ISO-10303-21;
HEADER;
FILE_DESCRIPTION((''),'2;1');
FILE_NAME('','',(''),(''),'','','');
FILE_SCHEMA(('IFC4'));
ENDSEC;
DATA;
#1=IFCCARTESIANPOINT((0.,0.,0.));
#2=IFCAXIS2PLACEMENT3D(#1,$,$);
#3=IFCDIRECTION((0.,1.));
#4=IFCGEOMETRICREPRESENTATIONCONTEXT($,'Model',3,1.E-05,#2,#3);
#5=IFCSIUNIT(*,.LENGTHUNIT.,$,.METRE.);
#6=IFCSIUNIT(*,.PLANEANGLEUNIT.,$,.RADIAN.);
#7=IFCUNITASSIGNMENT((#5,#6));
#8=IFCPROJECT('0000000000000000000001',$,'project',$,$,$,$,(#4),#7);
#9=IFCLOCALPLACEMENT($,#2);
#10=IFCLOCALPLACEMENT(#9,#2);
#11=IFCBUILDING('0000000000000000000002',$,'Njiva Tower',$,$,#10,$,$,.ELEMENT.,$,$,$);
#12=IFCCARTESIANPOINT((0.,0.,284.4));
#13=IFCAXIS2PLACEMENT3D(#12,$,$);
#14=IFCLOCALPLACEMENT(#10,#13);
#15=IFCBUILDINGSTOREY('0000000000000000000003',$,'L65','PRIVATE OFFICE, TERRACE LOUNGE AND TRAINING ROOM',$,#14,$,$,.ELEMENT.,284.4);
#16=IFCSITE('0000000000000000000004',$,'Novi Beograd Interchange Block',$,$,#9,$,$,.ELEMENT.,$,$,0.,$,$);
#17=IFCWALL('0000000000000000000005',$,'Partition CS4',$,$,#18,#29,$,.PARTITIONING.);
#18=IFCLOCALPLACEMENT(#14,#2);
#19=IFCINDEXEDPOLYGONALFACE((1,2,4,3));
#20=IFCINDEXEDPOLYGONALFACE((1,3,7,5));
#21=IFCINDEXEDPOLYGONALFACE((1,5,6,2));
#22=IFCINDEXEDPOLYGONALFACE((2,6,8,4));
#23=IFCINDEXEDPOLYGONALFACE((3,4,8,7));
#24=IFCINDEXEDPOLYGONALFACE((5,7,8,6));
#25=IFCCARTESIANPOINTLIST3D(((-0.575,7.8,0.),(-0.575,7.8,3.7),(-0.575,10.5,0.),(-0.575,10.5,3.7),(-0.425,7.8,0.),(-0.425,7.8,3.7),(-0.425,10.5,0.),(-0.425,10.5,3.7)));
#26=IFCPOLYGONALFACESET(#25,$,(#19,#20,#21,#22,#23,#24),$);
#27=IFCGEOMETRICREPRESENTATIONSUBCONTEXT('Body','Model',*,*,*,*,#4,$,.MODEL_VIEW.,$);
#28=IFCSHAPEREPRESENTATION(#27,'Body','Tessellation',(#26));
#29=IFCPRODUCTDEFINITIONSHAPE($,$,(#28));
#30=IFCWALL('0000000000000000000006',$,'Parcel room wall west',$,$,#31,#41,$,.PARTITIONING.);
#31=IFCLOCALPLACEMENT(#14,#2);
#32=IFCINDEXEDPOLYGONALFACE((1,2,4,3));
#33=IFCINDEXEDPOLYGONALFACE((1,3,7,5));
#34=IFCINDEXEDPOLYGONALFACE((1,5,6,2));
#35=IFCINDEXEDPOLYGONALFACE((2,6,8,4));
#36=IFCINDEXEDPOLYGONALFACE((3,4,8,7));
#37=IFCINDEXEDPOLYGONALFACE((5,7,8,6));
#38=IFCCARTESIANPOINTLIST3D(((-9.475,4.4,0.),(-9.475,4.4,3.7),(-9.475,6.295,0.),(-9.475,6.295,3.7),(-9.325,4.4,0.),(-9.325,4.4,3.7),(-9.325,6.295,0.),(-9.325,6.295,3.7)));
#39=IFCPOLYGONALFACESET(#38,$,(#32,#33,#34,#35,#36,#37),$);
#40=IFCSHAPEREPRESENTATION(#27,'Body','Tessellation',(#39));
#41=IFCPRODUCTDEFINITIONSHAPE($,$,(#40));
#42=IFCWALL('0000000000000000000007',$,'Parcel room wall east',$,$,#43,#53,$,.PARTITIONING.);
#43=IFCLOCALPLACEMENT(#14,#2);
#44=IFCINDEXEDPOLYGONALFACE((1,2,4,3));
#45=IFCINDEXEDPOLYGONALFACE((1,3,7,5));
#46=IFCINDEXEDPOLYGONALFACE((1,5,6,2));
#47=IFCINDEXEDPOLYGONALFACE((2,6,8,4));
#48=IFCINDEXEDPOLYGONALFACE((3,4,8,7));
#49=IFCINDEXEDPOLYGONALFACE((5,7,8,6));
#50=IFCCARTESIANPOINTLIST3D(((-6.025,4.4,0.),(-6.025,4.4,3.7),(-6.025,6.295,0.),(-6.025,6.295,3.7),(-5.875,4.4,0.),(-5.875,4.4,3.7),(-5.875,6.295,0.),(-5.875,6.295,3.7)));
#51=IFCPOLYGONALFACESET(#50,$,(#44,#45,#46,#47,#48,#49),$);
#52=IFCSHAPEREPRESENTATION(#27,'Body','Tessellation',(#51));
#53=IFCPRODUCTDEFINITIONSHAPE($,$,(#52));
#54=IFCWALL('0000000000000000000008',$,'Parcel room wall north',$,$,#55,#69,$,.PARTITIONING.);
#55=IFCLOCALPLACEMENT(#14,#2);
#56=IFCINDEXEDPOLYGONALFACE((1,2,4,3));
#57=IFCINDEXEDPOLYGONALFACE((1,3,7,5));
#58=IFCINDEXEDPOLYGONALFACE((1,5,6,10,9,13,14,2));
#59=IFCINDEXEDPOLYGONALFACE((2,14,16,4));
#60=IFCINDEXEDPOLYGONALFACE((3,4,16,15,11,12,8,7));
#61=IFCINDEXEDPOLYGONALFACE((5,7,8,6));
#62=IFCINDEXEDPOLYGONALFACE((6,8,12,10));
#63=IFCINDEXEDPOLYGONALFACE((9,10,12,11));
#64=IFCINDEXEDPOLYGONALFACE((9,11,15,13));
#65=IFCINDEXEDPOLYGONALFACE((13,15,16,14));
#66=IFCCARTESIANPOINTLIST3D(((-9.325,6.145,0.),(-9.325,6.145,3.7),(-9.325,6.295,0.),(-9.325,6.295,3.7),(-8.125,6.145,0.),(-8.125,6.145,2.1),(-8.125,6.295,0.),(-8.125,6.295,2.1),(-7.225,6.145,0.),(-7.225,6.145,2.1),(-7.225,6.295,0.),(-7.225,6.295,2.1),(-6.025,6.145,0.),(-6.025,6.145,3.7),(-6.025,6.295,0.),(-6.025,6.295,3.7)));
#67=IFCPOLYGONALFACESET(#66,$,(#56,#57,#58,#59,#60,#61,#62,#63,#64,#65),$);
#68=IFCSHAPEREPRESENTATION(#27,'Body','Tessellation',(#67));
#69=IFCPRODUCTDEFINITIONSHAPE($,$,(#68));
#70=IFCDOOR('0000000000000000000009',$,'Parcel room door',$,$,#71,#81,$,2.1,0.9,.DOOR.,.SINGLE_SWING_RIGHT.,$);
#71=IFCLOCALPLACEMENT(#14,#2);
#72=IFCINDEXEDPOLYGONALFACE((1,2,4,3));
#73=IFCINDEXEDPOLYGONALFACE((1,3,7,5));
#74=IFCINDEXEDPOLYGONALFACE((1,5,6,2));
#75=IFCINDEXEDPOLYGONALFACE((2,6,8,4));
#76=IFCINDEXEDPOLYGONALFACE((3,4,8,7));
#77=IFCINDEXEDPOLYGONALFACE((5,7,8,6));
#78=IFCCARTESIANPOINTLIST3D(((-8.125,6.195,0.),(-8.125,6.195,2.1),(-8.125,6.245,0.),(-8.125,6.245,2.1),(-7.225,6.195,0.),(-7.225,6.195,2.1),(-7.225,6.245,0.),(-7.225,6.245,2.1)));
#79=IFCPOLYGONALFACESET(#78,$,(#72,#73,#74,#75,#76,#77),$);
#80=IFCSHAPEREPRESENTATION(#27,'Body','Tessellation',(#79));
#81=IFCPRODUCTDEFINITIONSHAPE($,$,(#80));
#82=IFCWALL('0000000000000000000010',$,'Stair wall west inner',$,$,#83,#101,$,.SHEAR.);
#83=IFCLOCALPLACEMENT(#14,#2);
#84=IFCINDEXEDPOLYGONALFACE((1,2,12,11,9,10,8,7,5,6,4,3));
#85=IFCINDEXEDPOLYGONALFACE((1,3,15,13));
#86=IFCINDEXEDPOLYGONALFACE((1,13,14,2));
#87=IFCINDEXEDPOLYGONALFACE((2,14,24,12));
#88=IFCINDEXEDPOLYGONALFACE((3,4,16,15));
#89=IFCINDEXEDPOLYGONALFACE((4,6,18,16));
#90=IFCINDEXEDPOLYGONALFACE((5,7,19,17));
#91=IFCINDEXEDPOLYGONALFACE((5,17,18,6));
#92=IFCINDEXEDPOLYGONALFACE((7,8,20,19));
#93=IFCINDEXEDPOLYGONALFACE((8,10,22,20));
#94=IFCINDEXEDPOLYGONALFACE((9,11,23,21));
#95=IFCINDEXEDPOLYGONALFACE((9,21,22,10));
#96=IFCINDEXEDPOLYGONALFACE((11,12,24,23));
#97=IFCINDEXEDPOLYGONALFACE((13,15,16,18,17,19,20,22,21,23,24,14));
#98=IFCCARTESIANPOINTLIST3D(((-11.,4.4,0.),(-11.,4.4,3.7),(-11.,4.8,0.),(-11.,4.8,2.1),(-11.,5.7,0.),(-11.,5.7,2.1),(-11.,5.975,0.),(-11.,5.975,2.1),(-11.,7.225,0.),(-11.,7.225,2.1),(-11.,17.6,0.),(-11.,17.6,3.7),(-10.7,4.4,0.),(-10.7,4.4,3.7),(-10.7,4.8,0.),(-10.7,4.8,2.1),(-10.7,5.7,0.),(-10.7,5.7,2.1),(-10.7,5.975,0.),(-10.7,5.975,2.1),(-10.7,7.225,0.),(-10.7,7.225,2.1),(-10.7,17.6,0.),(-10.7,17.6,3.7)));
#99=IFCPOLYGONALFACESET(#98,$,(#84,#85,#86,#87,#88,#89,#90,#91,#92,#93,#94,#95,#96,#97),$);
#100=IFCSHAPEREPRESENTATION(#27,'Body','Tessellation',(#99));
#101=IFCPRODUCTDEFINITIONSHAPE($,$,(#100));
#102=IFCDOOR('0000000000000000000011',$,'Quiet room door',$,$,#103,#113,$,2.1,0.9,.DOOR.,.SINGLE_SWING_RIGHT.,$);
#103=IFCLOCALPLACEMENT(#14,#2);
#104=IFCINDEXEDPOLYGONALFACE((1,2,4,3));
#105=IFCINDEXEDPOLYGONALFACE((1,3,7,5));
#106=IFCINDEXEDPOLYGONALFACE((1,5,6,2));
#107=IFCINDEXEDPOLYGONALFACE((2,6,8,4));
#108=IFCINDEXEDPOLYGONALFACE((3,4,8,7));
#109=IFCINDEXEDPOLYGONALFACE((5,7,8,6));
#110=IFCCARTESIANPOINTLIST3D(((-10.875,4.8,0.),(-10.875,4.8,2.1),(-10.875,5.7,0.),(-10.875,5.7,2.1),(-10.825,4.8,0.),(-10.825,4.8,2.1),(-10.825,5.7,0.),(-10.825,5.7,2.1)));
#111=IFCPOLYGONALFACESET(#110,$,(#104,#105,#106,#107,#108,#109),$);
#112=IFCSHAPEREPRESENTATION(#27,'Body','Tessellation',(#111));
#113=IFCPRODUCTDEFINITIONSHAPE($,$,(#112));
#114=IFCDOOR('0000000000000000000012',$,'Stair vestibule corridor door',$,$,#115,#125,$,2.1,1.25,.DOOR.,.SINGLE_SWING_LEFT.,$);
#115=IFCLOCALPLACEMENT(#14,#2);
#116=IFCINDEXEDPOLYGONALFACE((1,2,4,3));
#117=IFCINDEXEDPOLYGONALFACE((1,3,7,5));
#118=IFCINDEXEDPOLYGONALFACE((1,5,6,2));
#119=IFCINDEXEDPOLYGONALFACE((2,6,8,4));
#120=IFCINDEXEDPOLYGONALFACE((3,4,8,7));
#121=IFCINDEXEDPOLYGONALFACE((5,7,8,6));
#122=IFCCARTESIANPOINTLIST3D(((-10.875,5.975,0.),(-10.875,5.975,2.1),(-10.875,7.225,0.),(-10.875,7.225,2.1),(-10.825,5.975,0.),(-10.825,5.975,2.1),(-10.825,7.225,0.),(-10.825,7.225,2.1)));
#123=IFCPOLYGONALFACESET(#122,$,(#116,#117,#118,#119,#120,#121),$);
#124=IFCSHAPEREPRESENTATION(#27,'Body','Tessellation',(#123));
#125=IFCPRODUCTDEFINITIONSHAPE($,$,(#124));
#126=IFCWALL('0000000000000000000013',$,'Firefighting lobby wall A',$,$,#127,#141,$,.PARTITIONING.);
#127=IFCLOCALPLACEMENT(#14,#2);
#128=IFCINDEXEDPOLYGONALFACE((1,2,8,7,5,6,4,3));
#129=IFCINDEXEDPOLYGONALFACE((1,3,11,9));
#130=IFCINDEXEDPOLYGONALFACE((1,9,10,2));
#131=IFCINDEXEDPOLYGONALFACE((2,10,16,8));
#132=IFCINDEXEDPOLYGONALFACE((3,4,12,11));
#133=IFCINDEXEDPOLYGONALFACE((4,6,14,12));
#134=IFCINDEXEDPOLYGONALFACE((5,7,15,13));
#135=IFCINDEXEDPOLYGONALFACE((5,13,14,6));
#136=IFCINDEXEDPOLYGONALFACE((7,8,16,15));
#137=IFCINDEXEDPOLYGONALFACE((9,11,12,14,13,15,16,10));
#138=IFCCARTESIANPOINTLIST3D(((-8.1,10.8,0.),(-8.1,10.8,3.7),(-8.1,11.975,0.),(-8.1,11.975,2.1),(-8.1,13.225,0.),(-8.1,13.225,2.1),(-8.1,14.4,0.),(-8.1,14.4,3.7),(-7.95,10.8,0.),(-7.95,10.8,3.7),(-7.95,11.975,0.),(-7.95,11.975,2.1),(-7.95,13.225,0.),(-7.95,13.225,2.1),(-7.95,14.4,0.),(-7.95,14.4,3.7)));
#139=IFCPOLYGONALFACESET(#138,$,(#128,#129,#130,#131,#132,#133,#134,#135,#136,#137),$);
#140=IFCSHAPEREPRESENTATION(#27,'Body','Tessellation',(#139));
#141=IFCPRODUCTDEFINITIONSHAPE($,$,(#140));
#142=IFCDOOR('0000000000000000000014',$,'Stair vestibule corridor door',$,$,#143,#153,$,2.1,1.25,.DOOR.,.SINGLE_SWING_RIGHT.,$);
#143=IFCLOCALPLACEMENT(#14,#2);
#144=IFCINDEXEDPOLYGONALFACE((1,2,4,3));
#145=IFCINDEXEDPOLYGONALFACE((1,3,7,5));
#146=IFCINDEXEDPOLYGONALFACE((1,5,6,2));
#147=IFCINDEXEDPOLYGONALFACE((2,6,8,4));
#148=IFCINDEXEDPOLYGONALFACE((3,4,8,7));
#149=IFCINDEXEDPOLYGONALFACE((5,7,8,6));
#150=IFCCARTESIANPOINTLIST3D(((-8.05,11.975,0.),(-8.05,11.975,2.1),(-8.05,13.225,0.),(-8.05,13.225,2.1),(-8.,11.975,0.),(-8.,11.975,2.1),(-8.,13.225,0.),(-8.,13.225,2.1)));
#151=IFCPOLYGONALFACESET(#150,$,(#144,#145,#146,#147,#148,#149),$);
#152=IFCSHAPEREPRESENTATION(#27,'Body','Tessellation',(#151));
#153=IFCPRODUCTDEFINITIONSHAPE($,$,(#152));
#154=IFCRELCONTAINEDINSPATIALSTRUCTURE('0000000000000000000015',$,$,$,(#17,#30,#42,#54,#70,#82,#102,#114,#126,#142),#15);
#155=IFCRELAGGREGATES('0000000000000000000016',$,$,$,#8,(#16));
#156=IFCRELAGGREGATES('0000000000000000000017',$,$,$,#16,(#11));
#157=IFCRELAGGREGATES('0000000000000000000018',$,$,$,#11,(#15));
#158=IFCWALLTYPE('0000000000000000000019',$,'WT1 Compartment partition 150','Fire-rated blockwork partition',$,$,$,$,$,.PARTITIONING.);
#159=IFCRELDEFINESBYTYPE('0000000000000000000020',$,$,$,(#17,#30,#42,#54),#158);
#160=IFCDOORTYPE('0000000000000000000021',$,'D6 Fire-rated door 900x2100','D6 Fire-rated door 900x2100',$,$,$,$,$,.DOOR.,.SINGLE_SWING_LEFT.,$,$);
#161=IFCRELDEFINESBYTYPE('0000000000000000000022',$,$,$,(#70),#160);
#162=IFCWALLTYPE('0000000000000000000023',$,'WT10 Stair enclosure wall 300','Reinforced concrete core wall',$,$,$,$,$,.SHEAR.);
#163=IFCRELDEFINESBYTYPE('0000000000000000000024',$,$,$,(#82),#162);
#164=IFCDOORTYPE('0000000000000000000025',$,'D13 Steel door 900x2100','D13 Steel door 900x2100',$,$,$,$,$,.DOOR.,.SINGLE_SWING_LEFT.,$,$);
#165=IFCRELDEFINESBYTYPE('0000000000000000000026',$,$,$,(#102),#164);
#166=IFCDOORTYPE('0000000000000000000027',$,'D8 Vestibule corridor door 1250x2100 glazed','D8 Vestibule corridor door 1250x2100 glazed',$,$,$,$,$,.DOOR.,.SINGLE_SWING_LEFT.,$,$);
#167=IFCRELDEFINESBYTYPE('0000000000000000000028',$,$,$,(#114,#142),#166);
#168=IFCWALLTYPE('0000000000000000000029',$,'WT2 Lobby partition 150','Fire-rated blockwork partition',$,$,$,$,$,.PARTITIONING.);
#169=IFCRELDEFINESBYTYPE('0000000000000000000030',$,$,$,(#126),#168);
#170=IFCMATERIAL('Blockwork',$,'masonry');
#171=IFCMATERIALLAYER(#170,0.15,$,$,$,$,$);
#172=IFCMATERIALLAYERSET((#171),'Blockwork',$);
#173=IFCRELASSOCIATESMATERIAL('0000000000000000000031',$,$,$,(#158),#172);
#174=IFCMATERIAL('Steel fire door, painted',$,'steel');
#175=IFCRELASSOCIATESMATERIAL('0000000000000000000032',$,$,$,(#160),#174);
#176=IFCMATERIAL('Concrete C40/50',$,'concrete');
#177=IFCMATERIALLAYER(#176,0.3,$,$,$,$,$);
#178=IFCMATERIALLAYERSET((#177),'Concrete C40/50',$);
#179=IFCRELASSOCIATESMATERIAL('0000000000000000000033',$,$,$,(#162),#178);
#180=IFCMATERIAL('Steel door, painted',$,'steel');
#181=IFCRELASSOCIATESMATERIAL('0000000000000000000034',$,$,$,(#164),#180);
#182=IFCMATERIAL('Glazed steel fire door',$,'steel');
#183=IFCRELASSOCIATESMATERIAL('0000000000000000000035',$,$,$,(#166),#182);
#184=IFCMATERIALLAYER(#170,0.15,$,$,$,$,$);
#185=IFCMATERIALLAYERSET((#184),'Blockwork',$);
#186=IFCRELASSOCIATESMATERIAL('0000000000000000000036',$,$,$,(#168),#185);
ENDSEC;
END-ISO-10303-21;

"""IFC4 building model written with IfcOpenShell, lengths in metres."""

from ifc_helpers import new_model, si_unit, direction, frame, frame_2d, origin, place, context, subcontext, project, spatial, rectangle, extrude, material, layer, layer_set, type_object, element, fill, save


model = new_model("IFC4")

# Units and contexts
model_context = context("Model", 3, precision=1e-05, world=origin(), true_north=direction((0.0, 1.0)))
body_context = subcontext(model_context, "Body", "Model", "MODEL_VIEW")
ifc_project = project(units=[si_unit("LENGTHUNIT", "METRE"), si_unit("PLANEANGLEUNIT", "RADIAN")], contexts=[model_context])

# Site, building, storey
site_placement = place(None, origin())
site = spatial("IfcSite", under=ifc_project, at=site_placement, Name="Novi Beograd Interchange Block", CompositionType="ELEMENT", RefElevation=0.0)
building_placement = place(site_placement, origin())
building = spatial("IfcBuilding", under=site, at=building_placement, Name="Njiva Tower", CompositionType="ELEMENT")
storey_placement = place(building_placement, frame((0.0, 0.0, 284.4)))
storey = spatial("IfcBuildingStorey", under=building, at=storey_placement, Name="L65", Description="PRIVATE OFFICE, TERRACE LOUNGE AND TRAINING ROOM", CompositionType="ELEMENT", Elevation=284.4)

# Walls
ifc_material_1 = material(Name="Blockwork", Category="masonry")
ifc_layer_1 = layer(ifc_material_1, 0.15)
ifc_layer_set_1 = layer_set([ifc_layer_1], Name="Blockwork")
wall_type_1 = type_object("IfcWallType", Name="WT1 Compartment partition 150", Description="Fire-rated blockwork partition", PredefinedType="PARTITIONING", material=ifc_layer_set_1)
wall_1_placement = place(storey_placement, frame((-0.5, 7.8, 0.0), z_axis=(0.0, 0.0, 1.0), x_axis=(0.0, 1.0, 0.0)))
element("IfcWall", 1, at=wall_1_placement, inside=storey, type_object=wall_type_1, Name="Partition CS4", PredefinedType="PARTITIONING", context=body_context, shape_type="SweptSolid", body=[
    extrude(rectangle(XDim=2.7, YDim=0.15, at=frame_2d((1.35, 0.0))), origin(), (0.0, 0.0, 1.0), 3.7),
])
for number, where, z_axis, x_axis, name in (
    (2, (-9.4, 4.4, 0.0), (0.0, 0.0, 1.0), (0.0, 1.0, 0.0), "Parcel room wall west"),
    (3, (-5.95, 4.4, 0.0), (0.0, 0.0, 1.0), (0.0, 1.0, 0.0), "Parcel room wall east"),
):
    element("IfcWall", number, at=place(storey_placement, frame(where, z_axis=z_axis, x_axis=x_axis)), inside=storey, type_object=wall_type_1, Name=name, PredefinedType="PARTITIONING", context=body_context, shape_type="SweptSolid", body=[
        extrude(rectangle(XDim=1.895, YDim=0.15, at=frame_2d((0.9475, 0.0))), origin(), (0.0, 0.0, 1.0), 3.7),
    ])

# Wall, opening, door
wall_2_placement = place(storey_placement, frame((-9.325, 6.22, 0.0), z_axis=(0.0, 0.0, 1.0), x_axis=(1.0, 0.0, 0.0)))
wall_2 = element("IfcWall", 4, at=wall_2_placement, inside=storey, type_object=wall_type_1, Name="Parcel room wall north", PredefinedType="PARTITIONING", context=body_context, shape_type="SweptSolid", body=[
    extrude(rectangle(XDim=3.3, YDim=0.15, at=frame_2d((1.65, 0.0))), origin(), (0.0, 0.0, 1.0), 3.7),
])
opening_1_placement = place(wall_2_placement, frame((1.2, 0.0, 0.0)))
opening_1 = element("IfcOpeningElement", 5, at=opening_1_placement, cuts=wall_2, PredefinedType="OPENING", context=body_context, shape_type="SweptSolid", body=[
    extrude(rectangle(XDim=0.9, YDim=2.1, at=frame_2d((0.45, 1.05))), frame((0.0, 0.085, 0.0), z_axis=(0.0, -1.0, 0.0), x_axis=(1.0, 0.0, 0.0)), (0.0, 0.0, 1.0), 0.17),
])
ifc_material_2 = material(Name="Steel fire door, painted", Category="steel")
door_type_1 = type_object("IfcDoorType", Name="D6 Fire-rated door 900x2100", Description="D6 Fire-rated door 900x2100", OperationType="SINGLE_SWING_LEFT", PredefinedType="DOOR", material=ifc_material_2)
door_1_placement = place(opening_1_placement, origin())
door_1 = element("IfcDoor", 6, at=door_1_placement, inside=storey, type_object=door_type_1, Name="Parcel room door", OperationType="SINGLE_SWING_RIGHT", OverallHeight=2.1, OverallWidth=0.9, PredefinedType="DOOR", context=body_context, shape_type="SweptSolid", body=[
    extrude(rectangle(XDim=0.9, YDim=2.1, at=frame_2d((0.45, 1.05))), frame((0.0, 0.025, 0.0), z_axis=(0.0, -1.0, 0.0), x_axis=(1.0, 0.0, 0.0)), (0.0, 0.0, 1.0), 0.05),
])
fill(opening_1, door_1)

# Wall, openings, doors
ifc_material_3 = material(Name="Concrete C40/50", Category="concrete")
ifc_layer_2 = layer(ifc_material_3, 0.3)
ifc_layer_set_2 = layer_set([ifc_layer_2], Name="Concrete C40/50")
wall_type_2 = type_object("IfcWallType", Name="WT10 Stair enclosure wall 300", Description="Reinforced concrete core wall", PredefinedType="SHEAR", material=ifc_layer_set_2)
wall_3_placement = place(storey_placement, frame((-10.85, 4.4, 0.0), z_axis=(0.0, 0.0, 1.0), x_axis=(0.0, 1.0, 0.0)))
wall_3 = element("IfcWall", 7, at=wall_3_placement, inside=storey, type_object=wall_type_2, Name="Stair wall west inner", PredefinedType="SHEAR", context=body_context, shape_type="SweptSolid", body=[
    extrude(rectangle(XDim=13.2, YDim=0.3, at=frame_2d((6.6, 0.0))), origin(), (0.0, 0.0, 1.0), 3.7),
])
opening_2_placement = place(wall_3_placement, frame((1.575, 0.0, 0.0)))
opening_2 = element("IfcOpeningElement", 8, at=opening_2_placement, cuts=wall_3, PredefinedType="OPENING", context=body_context, shape_type="SweptSolid", body=[
    extrude(rectangle(XDim=1.25, YDim=2.1, at=frame_2d((0.625, 1.05))), frame((0.0, 0.16, 0.0), z_axis=(0.0, -1.0, 0.0), x_axis=(1.0, 0.0, 0.0)), (0.0, 0.0, 1.0), 0.32),
])
opening_3_placement = place(wall_3_placement, frame((0.4, 0.0, 0.0)))
opening_3 = element("IfcOpeningElement", 9, at=opening_3_placement, cuts=wall_3, PredefinedType="OPENING", context=body_context, shape_type="SweptSolid", body=[
    extrude(rectangle(XDim=0.9, YDim=2.1, at=frame_2d((0.45, 1.05))), frame((0.0, 0.16, 0.0), z_axis=(0.0, -1.0, 0.0), x_axis=(1.0, 0.0, 0.0)), (0.0, 0.0, 1.0), 0.32),
])
ifc_material_4 = material(Name="Steel door, painted", Category="steel")
door_type_2 = type_object("IfcDoorType", Name="D13 Steel door 900x2100", Description="D13 Steel door 900x2100", OperationType="SINGLE_SWING_LEFT", PredefinedType="DOOR", material=ifc_material_4)
door_2_placement = place(opening_3_placement, origin())
door_2 = element("IfcDoor", 10, at=door_2_placement, inside=storey, type_object=door_type_2, Name="Quiet room door", OperationType="SINGLE_SWING_RIGHT", OverallHeight=2.1, OverallWidth=0.9, PredefinedType="DOOR", context=body_context, shape_type="SweptSolid", body=[
    extrude(rectangle(XDim=0.9, YDim=2.1, at=frame_2d((0.45, 1.05))), frame((0.0, 0.025, 0.0), z_axis=(0.0, -1.0, 0.0), x_axis=(1.0, 0.0, 0.0)), (0.0, 0.0, 1.0), 0.05),
])
fill(opening_3, door_2)
ifc_material_5 = material(Name="Glazed steel fire door", Category="steel")
door_type_3 = type_object("IfcDoorType", Name="D8 Vestibule corridor door 1250x2100 glazed", Description="D8 Vestibule corridor door 1250x2100 glazed", OperationType="SINGLE_SWING_LEFT", PredefinedType="DOOR", material=ifc_material_5)
door_3_placement = place(opening_2_placement, origin())
door_3 = element("IfcDoor", 11, at=door_3_placement, inside=storey, type_object=door_type_3, Name="Stair vestibule corridor door", OperationType="SINGLE_SWING_LEFT", OverallHeight=2.1, OverallWidth=1.25, PredefinedType="DOOR", context=body_context, shape_type="SweptSolid", body=[
    extrude(rectangle(XDim=1.25, YDim=2.1, at=frame_2d((0.625, 1.05))), frame((0.0, 0.025, 0.0), z_axis=(0.0, -1.0, 0.0), x_axis=(1.0, 0.0, 0.0)), (0.0, 0.0, 1.0), 0.05),
])
fill(opening_2, door_3)

# Wall, opening, door
ifc_layer_3 = layer(ifc_material_1, 0.15)
ifc_layer_set_3 = layer_set([ifc_layer_3], Name="Blockwork")
wall_type_3 = type_object("IfcWallType", Name="WT2 Lobby partition 150", Description="Fire-rated blockwork partition", PredefinedType="PARTITIONING", material=ifc_layer_set_3)
wall_4_placement = place(storey_placement, frame((-8.025, 10.8, 0.0), z_axis=(0.0, 0.0, 1.0), x_axis=(0.0, 1.0, 0.0)))
wall_4 = element("IfcWall", 12, at=wall_4_placement, inside=storey, type_object=wall_type_3, Name="Firefighting lobby wall A", PredefinedType="PARTITIONING", context=body_context, shape_type="SweptSolid", body=[
    extrude(rectangle(XDim=3.6, YDim=0.15, at=frame_2d((1.8, 0.0))), origin(), (0.0, 0.0, 1.0), 3.7),
])
opening_4_placement = place(wall_4_placement, frame((1.175, 0.0, 0.0)))
opening_4 = element("IfcOpeningElement", 13, at=opening_4_placement, cuts=wall_4, PredefinedType="OPENING", context=body_context, shape_type="SweptSolid", body=[
    extrude(rectangle(XDim=1.25, YDim=2.1, at=frame_2d((0.625, 1.05))), frame((0.0, 0.085, 0.0), z_axis=(0.0, -1.0, 0.0), x_axis=(1.0, 0.0, 0.0)), (0.0, 0.0, 1.0), 0.17),
])
door_4_placement = place(opening_4_placement, origin())
door_4 = element("IfcDoor", 14, at=door_4_placement, inside=storey, type_object=door_type_3, Name="Stair vestibule corridor door", OperationType="SINGLE_SWING_RIGHT", OverallHeight=2.1, OverallWidth=1.25, PredefinedType="DOOR", context=body_context, shape_type="SweptSolid", body=[
    extrude(rectangle(XDim=1.25, YDim=2.1, at=frame_2d((0.625, 1.05))), frame((0.0, 0.025, 0.0), z_axis=(0.0, -1.0, 0.0), x_axis=(1.0, 0.0, 0.0)), (0.0, 0.0, 1.0), 0.05),
])
fill(opening_4, door_4)

save(model, "model.ifc")
